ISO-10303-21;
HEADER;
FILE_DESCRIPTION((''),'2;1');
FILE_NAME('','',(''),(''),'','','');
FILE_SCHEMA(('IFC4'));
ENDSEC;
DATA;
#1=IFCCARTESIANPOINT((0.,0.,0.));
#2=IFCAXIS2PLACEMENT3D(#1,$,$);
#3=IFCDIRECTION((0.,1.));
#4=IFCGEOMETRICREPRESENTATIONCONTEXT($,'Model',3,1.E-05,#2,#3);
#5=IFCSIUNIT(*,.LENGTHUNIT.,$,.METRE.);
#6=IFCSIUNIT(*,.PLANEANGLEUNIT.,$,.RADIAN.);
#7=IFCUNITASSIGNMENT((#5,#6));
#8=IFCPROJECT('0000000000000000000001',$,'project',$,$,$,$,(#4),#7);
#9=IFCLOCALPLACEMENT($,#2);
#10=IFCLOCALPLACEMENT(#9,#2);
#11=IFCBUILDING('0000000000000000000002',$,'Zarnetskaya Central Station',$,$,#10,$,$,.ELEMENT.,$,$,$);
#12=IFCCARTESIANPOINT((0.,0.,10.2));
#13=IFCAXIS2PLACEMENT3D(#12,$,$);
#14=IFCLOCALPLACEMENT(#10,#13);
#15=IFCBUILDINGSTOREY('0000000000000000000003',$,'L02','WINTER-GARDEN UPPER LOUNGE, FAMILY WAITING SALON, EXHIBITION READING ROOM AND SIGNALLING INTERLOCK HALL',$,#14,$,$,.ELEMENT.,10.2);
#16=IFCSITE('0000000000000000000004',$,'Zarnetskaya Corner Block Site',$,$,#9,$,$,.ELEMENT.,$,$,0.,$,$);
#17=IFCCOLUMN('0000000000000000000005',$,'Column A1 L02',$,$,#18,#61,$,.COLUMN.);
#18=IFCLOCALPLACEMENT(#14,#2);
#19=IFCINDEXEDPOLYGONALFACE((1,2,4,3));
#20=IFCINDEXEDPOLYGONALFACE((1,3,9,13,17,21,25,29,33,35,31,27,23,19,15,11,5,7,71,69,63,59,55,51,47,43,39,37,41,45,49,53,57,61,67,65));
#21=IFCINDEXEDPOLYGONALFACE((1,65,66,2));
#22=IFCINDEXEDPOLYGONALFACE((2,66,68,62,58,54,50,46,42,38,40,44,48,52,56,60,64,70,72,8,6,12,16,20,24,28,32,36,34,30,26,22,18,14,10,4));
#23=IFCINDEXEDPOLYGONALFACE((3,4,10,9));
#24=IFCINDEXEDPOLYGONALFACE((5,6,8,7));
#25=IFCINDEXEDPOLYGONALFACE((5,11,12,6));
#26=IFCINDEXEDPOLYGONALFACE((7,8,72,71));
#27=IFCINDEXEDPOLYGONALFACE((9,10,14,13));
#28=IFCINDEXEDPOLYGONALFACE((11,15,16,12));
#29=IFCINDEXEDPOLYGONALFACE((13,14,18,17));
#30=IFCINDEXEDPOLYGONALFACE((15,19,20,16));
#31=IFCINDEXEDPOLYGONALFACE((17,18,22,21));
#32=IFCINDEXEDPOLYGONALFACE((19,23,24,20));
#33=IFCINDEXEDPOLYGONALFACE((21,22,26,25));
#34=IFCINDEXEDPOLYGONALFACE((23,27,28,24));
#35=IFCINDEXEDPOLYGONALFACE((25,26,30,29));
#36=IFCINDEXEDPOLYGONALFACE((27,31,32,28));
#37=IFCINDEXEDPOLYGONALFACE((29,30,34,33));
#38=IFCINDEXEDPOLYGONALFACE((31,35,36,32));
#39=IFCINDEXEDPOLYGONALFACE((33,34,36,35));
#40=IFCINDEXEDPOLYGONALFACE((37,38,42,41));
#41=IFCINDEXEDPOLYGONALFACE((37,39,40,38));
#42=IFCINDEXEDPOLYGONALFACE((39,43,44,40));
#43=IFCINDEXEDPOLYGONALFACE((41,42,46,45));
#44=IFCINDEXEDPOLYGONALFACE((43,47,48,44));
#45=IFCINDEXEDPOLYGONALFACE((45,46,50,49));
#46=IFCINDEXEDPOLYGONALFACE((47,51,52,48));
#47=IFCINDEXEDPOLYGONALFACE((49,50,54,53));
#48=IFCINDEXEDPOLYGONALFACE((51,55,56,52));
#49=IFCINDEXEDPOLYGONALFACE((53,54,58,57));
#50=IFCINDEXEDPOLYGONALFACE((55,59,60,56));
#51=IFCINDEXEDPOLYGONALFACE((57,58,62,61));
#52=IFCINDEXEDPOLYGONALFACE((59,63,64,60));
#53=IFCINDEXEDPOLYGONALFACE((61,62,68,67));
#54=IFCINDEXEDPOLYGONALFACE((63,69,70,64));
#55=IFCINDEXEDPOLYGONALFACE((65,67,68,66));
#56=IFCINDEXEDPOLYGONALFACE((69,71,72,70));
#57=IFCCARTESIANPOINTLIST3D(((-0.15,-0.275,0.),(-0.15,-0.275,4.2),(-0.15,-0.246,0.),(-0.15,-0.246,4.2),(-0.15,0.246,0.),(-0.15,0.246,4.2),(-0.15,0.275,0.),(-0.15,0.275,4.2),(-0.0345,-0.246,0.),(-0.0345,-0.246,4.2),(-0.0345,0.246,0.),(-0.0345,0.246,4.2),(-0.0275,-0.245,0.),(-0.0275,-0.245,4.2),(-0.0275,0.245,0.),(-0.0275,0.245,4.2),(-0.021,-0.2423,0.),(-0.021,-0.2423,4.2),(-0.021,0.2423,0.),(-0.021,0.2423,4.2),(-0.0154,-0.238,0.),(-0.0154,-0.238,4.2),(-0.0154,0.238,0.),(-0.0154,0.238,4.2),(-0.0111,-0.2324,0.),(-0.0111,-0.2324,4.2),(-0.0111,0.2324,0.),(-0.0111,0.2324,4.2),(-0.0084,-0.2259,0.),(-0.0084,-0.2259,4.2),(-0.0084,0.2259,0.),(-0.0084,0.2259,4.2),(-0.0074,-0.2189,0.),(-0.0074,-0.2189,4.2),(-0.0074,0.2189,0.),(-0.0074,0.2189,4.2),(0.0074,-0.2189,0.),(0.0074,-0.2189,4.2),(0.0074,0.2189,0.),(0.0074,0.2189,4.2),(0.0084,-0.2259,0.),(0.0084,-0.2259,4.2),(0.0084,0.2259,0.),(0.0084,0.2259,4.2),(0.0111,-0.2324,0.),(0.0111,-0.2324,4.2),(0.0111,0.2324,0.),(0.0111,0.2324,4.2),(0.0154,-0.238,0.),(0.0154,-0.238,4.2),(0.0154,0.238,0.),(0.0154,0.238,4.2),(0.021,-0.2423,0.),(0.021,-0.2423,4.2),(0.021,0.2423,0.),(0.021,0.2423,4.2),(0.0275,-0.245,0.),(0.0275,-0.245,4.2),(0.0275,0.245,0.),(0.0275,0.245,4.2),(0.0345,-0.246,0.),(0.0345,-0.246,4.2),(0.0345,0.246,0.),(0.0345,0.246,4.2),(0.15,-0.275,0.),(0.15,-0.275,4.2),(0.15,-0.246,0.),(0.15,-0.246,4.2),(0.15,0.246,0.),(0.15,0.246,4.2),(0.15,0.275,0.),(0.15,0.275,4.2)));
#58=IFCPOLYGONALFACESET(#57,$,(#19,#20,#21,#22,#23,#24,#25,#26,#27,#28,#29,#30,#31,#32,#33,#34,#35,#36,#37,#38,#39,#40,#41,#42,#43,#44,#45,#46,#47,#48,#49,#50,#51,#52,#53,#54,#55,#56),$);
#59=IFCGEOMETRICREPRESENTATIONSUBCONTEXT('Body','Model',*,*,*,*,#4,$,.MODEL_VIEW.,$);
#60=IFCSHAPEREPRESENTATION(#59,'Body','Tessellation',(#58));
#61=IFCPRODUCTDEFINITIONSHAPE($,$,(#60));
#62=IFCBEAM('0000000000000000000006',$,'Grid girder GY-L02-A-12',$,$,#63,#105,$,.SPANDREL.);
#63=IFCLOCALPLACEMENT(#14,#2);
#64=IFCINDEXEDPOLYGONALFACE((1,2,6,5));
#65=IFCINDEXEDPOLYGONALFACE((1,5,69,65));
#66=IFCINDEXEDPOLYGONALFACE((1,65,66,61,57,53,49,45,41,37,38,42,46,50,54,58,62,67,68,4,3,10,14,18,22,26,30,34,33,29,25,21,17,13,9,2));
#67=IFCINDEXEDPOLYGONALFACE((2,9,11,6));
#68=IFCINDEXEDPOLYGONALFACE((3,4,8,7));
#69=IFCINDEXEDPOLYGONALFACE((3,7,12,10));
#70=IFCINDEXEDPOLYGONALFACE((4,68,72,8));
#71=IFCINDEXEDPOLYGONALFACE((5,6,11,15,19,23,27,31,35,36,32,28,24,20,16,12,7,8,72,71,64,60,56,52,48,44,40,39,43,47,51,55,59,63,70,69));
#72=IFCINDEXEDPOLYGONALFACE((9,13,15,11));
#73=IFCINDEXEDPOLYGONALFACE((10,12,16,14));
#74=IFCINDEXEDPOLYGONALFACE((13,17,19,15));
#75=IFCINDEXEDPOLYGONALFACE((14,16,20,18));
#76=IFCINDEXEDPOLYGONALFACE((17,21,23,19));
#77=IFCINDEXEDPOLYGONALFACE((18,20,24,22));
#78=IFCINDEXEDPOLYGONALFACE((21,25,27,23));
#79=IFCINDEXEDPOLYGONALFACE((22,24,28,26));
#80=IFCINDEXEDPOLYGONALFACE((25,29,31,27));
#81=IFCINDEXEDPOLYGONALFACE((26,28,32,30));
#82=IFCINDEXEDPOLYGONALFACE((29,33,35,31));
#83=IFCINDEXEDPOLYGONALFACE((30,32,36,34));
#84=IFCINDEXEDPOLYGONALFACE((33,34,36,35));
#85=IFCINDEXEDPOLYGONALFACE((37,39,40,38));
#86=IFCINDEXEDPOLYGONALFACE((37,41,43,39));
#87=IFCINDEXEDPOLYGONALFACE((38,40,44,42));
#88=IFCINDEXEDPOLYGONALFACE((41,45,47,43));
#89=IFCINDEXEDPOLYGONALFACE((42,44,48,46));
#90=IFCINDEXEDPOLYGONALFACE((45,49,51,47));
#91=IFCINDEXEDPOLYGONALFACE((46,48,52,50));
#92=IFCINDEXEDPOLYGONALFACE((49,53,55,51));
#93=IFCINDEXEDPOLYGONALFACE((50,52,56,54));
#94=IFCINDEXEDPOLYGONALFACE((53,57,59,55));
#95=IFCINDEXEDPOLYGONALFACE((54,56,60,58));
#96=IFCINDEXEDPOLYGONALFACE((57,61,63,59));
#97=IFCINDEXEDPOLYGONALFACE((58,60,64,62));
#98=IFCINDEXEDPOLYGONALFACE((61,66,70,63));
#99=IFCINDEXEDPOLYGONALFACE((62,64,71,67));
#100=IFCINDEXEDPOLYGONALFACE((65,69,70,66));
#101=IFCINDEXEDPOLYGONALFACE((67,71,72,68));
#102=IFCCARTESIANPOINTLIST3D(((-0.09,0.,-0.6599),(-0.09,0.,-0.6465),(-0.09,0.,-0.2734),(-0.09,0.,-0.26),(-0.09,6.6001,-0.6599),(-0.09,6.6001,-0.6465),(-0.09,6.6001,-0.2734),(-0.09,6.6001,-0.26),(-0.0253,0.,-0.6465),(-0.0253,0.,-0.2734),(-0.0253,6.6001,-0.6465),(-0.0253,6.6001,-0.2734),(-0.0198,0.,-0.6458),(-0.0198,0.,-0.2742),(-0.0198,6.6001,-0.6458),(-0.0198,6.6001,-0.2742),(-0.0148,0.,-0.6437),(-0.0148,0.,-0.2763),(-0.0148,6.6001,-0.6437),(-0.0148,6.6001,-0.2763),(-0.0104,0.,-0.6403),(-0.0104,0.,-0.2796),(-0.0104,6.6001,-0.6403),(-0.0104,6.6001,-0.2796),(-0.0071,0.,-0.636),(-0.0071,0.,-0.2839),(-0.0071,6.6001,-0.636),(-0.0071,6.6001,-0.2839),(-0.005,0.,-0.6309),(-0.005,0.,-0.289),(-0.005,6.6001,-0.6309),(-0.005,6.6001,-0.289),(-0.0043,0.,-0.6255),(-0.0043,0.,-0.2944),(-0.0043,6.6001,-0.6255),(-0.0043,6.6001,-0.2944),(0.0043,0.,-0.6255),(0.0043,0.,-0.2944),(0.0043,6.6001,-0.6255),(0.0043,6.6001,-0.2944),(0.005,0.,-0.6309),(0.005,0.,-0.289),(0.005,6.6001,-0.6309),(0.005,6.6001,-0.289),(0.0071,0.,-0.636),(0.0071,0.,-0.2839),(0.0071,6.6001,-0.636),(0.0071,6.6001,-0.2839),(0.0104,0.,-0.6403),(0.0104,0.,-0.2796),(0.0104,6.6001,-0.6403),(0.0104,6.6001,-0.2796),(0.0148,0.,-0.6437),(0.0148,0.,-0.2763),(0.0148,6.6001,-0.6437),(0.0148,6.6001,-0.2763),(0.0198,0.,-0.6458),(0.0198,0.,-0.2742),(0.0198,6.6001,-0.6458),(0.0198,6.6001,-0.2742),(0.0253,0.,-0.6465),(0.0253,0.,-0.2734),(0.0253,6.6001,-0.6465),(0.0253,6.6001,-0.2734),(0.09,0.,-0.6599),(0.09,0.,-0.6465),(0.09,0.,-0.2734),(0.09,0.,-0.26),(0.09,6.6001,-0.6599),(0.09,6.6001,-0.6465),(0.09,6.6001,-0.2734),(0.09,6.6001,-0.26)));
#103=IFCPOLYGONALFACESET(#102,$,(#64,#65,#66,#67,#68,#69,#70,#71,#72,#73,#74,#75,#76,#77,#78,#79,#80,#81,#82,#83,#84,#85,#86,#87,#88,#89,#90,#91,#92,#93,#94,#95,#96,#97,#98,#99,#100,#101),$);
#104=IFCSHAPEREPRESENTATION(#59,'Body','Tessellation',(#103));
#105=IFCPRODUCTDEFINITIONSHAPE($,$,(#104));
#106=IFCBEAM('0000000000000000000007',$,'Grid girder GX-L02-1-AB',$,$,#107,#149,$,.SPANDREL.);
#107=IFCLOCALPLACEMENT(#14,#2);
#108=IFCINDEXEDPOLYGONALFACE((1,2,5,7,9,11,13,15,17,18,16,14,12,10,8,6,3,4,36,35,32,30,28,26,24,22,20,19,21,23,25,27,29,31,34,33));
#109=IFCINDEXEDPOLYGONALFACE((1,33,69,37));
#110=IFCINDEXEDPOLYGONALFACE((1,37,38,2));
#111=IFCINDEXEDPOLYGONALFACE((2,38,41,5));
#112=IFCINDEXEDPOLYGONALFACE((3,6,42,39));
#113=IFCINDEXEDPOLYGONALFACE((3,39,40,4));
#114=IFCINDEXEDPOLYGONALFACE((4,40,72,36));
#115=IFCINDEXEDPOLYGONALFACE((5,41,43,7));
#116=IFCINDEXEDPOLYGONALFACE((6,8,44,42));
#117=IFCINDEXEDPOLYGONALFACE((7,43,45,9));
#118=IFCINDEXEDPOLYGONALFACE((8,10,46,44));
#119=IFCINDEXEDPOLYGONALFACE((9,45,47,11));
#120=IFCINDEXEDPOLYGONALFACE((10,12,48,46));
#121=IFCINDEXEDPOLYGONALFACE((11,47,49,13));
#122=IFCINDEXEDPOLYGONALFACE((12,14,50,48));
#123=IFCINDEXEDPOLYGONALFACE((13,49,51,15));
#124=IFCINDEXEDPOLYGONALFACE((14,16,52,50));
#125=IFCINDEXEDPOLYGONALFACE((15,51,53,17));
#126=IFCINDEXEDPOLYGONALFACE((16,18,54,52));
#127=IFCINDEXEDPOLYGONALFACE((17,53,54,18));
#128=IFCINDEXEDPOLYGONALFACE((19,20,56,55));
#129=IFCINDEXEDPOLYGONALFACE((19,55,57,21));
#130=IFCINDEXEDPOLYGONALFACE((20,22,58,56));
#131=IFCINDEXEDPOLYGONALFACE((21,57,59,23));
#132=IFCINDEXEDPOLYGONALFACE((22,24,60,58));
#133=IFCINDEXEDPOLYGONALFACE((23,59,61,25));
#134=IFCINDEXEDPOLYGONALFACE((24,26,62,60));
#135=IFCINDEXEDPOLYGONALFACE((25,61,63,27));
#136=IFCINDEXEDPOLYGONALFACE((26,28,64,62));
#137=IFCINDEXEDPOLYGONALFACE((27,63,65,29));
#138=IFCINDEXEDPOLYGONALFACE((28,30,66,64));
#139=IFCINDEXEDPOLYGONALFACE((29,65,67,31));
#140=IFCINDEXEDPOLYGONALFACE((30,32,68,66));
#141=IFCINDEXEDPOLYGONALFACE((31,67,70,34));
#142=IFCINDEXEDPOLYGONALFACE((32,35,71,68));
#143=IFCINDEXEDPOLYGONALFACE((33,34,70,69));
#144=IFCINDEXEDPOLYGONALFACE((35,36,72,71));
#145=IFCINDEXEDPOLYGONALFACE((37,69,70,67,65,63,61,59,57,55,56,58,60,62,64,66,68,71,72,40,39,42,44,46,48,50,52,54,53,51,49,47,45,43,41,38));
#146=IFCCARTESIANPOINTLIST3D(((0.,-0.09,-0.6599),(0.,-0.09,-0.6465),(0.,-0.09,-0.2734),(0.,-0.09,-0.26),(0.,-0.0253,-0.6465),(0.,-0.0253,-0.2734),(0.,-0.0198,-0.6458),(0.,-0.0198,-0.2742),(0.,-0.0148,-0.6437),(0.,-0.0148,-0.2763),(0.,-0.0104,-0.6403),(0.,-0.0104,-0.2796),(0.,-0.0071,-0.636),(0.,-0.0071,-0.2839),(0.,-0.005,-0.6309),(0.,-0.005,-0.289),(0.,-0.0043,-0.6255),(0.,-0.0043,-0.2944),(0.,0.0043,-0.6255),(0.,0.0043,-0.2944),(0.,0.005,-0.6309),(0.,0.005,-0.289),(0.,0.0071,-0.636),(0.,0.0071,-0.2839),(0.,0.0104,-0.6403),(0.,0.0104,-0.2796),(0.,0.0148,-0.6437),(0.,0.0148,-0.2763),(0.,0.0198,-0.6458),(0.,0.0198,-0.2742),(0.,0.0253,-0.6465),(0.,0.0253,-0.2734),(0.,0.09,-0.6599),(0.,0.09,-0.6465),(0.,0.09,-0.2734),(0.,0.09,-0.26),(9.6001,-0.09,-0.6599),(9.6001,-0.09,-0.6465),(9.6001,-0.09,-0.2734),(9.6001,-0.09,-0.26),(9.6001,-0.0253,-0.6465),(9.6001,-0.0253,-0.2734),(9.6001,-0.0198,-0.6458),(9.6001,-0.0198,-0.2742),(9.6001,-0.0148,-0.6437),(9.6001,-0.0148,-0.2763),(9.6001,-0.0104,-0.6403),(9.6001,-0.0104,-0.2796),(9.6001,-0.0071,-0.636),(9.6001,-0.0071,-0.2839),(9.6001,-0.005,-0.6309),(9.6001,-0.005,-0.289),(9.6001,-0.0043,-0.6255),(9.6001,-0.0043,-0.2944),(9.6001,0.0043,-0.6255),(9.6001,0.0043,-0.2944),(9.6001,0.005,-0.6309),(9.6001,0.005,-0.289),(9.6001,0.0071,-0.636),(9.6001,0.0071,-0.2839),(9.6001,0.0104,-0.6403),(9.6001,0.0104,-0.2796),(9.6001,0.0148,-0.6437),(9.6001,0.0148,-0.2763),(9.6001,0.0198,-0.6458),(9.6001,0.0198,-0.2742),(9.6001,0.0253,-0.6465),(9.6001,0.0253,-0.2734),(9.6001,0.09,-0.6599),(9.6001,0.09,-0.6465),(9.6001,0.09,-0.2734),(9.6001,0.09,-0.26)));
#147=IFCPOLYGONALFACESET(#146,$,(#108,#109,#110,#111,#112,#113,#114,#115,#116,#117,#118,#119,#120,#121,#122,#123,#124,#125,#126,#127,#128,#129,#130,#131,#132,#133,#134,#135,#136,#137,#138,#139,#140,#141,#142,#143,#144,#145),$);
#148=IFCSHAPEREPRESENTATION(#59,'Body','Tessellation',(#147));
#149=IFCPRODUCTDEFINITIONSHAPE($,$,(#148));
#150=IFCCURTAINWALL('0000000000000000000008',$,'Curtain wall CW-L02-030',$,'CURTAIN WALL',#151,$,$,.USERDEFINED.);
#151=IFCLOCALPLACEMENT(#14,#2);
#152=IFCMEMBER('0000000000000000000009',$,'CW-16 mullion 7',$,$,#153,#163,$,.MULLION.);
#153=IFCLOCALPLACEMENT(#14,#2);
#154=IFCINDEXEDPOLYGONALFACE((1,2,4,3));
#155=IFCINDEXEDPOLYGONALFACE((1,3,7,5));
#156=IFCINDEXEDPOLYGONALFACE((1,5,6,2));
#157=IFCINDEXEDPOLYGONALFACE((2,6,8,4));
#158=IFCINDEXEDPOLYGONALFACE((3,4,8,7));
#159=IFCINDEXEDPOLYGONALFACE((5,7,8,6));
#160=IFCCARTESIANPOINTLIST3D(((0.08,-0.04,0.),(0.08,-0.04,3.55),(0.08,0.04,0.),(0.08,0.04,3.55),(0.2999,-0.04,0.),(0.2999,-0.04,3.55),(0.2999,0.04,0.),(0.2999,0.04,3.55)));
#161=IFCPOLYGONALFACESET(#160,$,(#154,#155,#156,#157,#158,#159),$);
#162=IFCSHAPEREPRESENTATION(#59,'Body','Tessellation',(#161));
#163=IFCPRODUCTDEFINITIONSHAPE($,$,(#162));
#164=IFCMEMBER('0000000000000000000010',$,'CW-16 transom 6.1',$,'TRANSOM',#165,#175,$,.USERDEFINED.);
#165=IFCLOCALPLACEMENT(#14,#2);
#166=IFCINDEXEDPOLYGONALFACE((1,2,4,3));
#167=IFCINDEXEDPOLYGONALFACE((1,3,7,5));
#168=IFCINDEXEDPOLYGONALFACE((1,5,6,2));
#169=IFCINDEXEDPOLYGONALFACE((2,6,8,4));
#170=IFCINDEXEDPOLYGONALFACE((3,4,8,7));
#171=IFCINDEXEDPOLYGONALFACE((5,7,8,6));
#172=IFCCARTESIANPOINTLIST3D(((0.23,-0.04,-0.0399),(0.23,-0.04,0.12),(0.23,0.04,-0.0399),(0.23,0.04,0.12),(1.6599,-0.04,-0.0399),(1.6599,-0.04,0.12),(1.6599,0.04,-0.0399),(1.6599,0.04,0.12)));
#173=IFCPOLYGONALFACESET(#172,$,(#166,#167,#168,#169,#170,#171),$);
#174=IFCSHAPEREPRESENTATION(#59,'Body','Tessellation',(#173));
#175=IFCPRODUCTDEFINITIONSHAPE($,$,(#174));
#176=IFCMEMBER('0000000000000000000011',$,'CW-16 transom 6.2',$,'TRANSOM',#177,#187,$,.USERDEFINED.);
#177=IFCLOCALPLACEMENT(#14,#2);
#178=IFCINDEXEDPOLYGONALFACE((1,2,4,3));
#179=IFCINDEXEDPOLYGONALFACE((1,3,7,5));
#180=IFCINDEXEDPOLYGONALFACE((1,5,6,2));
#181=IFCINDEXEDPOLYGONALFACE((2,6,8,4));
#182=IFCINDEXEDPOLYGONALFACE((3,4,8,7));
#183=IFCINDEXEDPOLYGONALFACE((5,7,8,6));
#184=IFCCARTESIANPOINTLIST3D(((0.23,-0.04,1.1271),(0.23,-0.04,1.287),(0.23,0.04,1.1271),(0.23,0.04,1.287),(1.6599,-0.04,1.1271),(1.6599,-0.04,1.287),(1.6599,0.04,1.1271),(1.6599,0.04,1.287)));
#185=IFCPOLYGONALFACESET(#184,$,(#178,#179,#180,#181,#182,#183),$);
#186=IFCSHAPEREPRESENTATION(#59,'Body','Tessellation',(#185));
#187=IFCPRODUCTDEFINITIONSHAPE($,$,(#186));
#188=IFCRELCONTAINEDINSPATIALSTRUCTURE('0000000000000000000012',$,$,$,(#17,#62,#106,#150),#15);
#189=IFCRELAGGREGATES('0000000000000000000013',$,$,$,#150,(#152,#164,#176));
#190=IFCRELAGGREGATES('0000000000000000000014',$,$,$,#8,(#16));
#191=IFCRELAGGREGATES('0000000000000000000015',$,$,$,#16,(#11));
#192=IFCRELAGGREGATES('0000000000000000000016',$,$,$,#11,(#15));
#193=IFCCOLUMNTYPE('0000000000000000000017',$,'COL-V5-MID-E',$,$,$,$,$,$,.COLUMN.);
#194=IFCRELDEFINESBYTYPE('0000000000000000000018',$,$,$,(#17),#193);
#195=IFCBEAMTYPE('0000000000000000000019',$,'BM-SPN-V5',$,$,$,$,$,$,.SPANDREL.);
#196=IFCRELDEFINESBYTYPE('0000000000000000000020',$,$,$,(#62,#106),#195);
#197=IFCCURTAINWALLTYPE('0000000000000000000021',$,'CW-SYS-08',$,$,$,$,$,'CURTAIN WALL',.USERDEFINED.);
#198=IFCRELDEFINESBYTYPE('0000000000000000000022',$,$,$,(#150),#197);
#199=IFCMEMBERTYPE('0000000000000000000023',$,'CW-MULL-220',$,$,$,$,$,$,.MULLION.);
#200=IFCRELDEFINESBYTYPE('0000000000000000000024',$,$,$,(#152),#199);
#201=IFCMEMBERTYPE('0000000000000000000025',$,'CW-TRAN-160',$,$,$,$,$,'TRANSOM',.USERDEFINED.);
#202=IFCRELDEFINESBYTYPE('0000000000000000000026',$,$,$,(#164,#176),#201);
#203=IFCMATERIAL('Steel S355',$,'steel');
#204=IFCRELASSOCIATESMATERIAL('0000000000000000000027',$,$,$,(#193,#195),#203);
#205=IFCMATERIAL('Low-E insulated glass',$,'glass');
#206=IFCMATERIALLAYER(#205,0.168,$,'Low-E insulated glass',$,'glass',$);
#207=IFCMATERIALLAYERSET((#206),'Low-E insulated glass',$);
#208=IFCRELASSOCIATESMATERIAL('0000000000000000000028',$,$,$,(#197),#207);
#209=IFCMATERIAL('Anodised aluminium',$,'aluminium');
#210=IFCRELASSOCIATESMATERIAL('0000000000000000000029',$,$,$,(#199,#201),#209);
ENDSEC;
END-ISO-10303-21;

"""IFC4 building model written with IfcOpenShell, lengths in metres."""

from ifc_helpers import new_model, si_unit, direction, frame, origin, origin_with_axes, origin_2d, place, context, subcontext, project, spatial, rectangle, i_section, extrude, material, layer, layer_set, material_profile, profile_set, type_object, element, aggregate, save


model = new_model("IFC4")

# Units and contexts
model_context = context("Model", 3, precision=1e-05, world=origin(), true_north=direction((0.0, 1.0)))
body_context = subcontext(model_context, "Body", "Model", "MODEL_VIEW")
ifc_project = project(units=[si_unit("LENGTHUNIT", "METRE"), si_unit("PLANEANGLEUNIT", "RADIAN")], contexts=[model_context])

# Site, building, storey
site_placement = place(None, origin())
site = spatial("IfcSite", under=ifc_project, at=site_placement, Name="Zarnetskaya Corner Block Site", CompositionType="ELEMENT", RefElevation=0.0)
building_placement = place(site_placement, origin())
building = spatial("IfcBuilding", under=site, at=building_placement, Name="Zarnetskaya Central Station", CompositionType="ELEMENT")
storey_placement = place(building_placement, frame((0.0, 0.0, 10.2)))
storey = spatial("IfcBuildingStorey", under=building, at=storey_placement, Name="L02", Description="WINTER-GARDEN UPPER LOUNGE, FAMILY WAITING SALON, EXHIBITION READING ROOM AND SIGNALLING INTERLOCK HALL", CompositionType="ELEMENT", Elevation=10.2)

# Column
ifc_material_1 = material(Name="Steel S355", Category="steel")
ifc_material_profile_1 = material_profile(ifc_material_1, i_section(OverallWidth=0.3, OverallDepth=0.55, WebThickness=0.0149, FlangeThickness=0.0291, FilletRadius=0.0271, at=origin_2d()), Name="HEB 550")
ifc_profile_set_1 = profile_set([ifc_material_profile_1], Name="Steel S355")
column_type = type_object("IfcColumnType", Name="COL-V5-MID-E", PredefinedType="COLUMN", material=ifc_profile_set_1)
column_placement = place(storey_placement, origin_with_axes())
element("IfcColumn", 1, at=column_placement, inside=storey, type_object=column_type, Name="Column A1 L02", PredefinedType="COLUMN", context=body_context, shape_type="SweptSolid", body=[
    extrude(i_section(OverallWidth=0.3, OverallDepth=0.55, WebThickness=0.0149, FlangeThickness=0.0291, FilletRadius=0.0271, at=origin_2d()), origin(), (0.0, 0.0, 1.0), 4.2),
])

# Beams
ifc_material_profile_2 = material_profile(ifc_material_1, i_section(OverallWidth=0.1799, OverallDepth=0.3999, WebThickness=0.0085, FlangeThickness=0.0134, FilletRadius=0.021, at=origin_2d()), Name="IPE 400")
ifc_profile_set_2 = profile_set([ifc_material_profile_2], Name="Steel S355")
beam_type = type_object("IfcBeamType", Name="BM-SPN-V5", PredefinedType="SPANDREL", material=ifc_profile_set_2)
beam_1_placement = place(storey_placement, frame((0.0, 0.0, -0.46), z_axis=(0.0, 1.0, 0.0), x_axis=(-1.0, 0.0, 0.0)))
element("IfcBeam", 2, at=beam_1_placement, inside=storey, type_object=beam_type, Name="Grid girder GY-L02-A-12", PredefinedType="SPANDREL", context=body_context, shape_type="SweptSolid", body=[
    extrude(i_section(OverallWidth=0.1799, OverallDepth=0.3999, WebThickness=0.0085, FlangeThickness=0.0134, FilletRadius=0.021, at=origin_2d()), origin(), (0.0, 0.0, 1.0), 6.6001),
])
beam_2_placement = place(storey_placement, frame((0.0, 0.0, -0.46), z_axis=(1.0, 0.0, 0.0), x_axis=(0.0, 1.0, 0.0)))
element("IfcBeam", 3, at=beam_2_placement, inside=storey, type_object=beam_type, Name="Grid girder GX-L02-1-AB", PredefinedType="SPANDREL", context=body_context, shape_type="SweptSolid", body=[
    extrude(i_section(OverallWidth=0.1799, OverallDepth=0.3999, WebThickness=0.0085, FlangeThickness=0.0134, FilletRadius=0.021, at=origin_2d()), origin(), (0.0, 0.0, 1.0), 9.6001),
])

# Curtain wall, members
ifc_material_2 = material(Name="Low-E insulated glass", Category="glass")
ifc_layer_1 = layer(ifc_material_2, 0.168, Name="Low-E insulated glass", Category="glass")
ifc_layer_set_1 = layer_set([ifc_layer_1], Name="Low-E insulated glass")
curtain_wall_type = type_object("IfcCurtainWallType", Name="CW-SYS-08", ElementType="CURTAIN WALL", PredefinedType="USERDEFINED", material=ifc_layer_set_1)
curtain_wall_placement = place(storey_placement, origin())
curtain_wall = element("IfcCurtainWall", 4, at=curtain_wall_placement, inside=storey, type_object=curtain_wall_type, Name="Curtain wall CW-L02-030", ObjectType="CURTAIN WALL", PredefinedType="USERDEFINED")
ifc_material_3 = material(Name="Anodised aluminium", Category="aluminium")
ifc_material_profile_3 = material_profile(ifc_material_3, rectangle(XDim=0.0801, YDim=0.22, at=origin_2d()), Name="ALU MULL 80x220")
ifc_profile_set_3 = profile_set([ifc_material_profile_3], Name="Anodised aluminium")
member_type_1 = type_object("IfcMemberType", Name="CW-MULL-220", PredefinedType="MULLION", material=ifc_profile_set_3)
member_1_placement = place(storey_placement, frame((0.1899, 0.0, 0.0), z_axis=(0.0, 0.0, 1.0), x_axis=(0.0, -1.0, 0.0)))
member_1 = element("IfcMember", 5, at=member_1_placement, type_object=member_type_1, Name="CW-16 mullion 7", PredefinedType="MULLION", context=body_context, shape_type="SweptSolid", body=[
    extrude(rectangle(XDim=0.0801, YDim=0.22, at=origin_2d()), origin(), (0.0, 0.0, 1.0), 3.55),
])
ifc_material_profile_4 = material_profile(ifc_material_3, rectangle(XDim=0.0801, YDim=0.1599, at=origin_2d()), Name="ALU TRAN 80x160")
ifc_profile_set_4 = profile_set([ifc_material_profile_4], Name="Anodised aluminium")
member_type_2 = type_object("IfcMemberType", Name="CW-TRAN-160", ElementType="TRANSOM", PredefinedType="USERDEFINED", material=ifc_profile_set_4)
member_2_placement = place(storey_placement, frame((1.6599, 0.0, 0.04), z_axis=(-1.0, 0.0, 0.0), x_axis=(0.0, -1.0, 0.0)))
member_2 = element("IfcMember", 6, at=member_2_placement, type_object=member_type_2, Name="CW-16 transom 6.1", ObjectType="TRANSOM", PredefinedType="USERDEFINED", context=body_context, shape_type="SweptSolid", body=[
    extrude(rectangle(XDim=0.0801, YDim=0.1599, at=origin_2d()), origin(), (0.0, 0.0, 1.0), 1.4299),
])
member_3_placement = place(storey_placement, frame((1.6599, 0.0, 1.207), z_axis=(-1.0, 0.0, 0.0), x_axis=(0.0, -1.0, 0.0)))
member_3 = element("IfcMember", 7, at=member_3_placement, type_object=member_type_2, Name="CW-16 transom 6.2", ObjectType="TRANSOM", PredefinedType="USERDEFINED", context=body_context, shape_type="SweptSolid", body=[
    extrude(rectangle(XDim=0.0801, YDim=0.1599, at=origin_2d()), origin(), (0.0, 0.0, 1.0), 1.4299),
])
aggregate(curtain_wall, [member_1, member_2, member_3])

save(model, "model.ifc")
